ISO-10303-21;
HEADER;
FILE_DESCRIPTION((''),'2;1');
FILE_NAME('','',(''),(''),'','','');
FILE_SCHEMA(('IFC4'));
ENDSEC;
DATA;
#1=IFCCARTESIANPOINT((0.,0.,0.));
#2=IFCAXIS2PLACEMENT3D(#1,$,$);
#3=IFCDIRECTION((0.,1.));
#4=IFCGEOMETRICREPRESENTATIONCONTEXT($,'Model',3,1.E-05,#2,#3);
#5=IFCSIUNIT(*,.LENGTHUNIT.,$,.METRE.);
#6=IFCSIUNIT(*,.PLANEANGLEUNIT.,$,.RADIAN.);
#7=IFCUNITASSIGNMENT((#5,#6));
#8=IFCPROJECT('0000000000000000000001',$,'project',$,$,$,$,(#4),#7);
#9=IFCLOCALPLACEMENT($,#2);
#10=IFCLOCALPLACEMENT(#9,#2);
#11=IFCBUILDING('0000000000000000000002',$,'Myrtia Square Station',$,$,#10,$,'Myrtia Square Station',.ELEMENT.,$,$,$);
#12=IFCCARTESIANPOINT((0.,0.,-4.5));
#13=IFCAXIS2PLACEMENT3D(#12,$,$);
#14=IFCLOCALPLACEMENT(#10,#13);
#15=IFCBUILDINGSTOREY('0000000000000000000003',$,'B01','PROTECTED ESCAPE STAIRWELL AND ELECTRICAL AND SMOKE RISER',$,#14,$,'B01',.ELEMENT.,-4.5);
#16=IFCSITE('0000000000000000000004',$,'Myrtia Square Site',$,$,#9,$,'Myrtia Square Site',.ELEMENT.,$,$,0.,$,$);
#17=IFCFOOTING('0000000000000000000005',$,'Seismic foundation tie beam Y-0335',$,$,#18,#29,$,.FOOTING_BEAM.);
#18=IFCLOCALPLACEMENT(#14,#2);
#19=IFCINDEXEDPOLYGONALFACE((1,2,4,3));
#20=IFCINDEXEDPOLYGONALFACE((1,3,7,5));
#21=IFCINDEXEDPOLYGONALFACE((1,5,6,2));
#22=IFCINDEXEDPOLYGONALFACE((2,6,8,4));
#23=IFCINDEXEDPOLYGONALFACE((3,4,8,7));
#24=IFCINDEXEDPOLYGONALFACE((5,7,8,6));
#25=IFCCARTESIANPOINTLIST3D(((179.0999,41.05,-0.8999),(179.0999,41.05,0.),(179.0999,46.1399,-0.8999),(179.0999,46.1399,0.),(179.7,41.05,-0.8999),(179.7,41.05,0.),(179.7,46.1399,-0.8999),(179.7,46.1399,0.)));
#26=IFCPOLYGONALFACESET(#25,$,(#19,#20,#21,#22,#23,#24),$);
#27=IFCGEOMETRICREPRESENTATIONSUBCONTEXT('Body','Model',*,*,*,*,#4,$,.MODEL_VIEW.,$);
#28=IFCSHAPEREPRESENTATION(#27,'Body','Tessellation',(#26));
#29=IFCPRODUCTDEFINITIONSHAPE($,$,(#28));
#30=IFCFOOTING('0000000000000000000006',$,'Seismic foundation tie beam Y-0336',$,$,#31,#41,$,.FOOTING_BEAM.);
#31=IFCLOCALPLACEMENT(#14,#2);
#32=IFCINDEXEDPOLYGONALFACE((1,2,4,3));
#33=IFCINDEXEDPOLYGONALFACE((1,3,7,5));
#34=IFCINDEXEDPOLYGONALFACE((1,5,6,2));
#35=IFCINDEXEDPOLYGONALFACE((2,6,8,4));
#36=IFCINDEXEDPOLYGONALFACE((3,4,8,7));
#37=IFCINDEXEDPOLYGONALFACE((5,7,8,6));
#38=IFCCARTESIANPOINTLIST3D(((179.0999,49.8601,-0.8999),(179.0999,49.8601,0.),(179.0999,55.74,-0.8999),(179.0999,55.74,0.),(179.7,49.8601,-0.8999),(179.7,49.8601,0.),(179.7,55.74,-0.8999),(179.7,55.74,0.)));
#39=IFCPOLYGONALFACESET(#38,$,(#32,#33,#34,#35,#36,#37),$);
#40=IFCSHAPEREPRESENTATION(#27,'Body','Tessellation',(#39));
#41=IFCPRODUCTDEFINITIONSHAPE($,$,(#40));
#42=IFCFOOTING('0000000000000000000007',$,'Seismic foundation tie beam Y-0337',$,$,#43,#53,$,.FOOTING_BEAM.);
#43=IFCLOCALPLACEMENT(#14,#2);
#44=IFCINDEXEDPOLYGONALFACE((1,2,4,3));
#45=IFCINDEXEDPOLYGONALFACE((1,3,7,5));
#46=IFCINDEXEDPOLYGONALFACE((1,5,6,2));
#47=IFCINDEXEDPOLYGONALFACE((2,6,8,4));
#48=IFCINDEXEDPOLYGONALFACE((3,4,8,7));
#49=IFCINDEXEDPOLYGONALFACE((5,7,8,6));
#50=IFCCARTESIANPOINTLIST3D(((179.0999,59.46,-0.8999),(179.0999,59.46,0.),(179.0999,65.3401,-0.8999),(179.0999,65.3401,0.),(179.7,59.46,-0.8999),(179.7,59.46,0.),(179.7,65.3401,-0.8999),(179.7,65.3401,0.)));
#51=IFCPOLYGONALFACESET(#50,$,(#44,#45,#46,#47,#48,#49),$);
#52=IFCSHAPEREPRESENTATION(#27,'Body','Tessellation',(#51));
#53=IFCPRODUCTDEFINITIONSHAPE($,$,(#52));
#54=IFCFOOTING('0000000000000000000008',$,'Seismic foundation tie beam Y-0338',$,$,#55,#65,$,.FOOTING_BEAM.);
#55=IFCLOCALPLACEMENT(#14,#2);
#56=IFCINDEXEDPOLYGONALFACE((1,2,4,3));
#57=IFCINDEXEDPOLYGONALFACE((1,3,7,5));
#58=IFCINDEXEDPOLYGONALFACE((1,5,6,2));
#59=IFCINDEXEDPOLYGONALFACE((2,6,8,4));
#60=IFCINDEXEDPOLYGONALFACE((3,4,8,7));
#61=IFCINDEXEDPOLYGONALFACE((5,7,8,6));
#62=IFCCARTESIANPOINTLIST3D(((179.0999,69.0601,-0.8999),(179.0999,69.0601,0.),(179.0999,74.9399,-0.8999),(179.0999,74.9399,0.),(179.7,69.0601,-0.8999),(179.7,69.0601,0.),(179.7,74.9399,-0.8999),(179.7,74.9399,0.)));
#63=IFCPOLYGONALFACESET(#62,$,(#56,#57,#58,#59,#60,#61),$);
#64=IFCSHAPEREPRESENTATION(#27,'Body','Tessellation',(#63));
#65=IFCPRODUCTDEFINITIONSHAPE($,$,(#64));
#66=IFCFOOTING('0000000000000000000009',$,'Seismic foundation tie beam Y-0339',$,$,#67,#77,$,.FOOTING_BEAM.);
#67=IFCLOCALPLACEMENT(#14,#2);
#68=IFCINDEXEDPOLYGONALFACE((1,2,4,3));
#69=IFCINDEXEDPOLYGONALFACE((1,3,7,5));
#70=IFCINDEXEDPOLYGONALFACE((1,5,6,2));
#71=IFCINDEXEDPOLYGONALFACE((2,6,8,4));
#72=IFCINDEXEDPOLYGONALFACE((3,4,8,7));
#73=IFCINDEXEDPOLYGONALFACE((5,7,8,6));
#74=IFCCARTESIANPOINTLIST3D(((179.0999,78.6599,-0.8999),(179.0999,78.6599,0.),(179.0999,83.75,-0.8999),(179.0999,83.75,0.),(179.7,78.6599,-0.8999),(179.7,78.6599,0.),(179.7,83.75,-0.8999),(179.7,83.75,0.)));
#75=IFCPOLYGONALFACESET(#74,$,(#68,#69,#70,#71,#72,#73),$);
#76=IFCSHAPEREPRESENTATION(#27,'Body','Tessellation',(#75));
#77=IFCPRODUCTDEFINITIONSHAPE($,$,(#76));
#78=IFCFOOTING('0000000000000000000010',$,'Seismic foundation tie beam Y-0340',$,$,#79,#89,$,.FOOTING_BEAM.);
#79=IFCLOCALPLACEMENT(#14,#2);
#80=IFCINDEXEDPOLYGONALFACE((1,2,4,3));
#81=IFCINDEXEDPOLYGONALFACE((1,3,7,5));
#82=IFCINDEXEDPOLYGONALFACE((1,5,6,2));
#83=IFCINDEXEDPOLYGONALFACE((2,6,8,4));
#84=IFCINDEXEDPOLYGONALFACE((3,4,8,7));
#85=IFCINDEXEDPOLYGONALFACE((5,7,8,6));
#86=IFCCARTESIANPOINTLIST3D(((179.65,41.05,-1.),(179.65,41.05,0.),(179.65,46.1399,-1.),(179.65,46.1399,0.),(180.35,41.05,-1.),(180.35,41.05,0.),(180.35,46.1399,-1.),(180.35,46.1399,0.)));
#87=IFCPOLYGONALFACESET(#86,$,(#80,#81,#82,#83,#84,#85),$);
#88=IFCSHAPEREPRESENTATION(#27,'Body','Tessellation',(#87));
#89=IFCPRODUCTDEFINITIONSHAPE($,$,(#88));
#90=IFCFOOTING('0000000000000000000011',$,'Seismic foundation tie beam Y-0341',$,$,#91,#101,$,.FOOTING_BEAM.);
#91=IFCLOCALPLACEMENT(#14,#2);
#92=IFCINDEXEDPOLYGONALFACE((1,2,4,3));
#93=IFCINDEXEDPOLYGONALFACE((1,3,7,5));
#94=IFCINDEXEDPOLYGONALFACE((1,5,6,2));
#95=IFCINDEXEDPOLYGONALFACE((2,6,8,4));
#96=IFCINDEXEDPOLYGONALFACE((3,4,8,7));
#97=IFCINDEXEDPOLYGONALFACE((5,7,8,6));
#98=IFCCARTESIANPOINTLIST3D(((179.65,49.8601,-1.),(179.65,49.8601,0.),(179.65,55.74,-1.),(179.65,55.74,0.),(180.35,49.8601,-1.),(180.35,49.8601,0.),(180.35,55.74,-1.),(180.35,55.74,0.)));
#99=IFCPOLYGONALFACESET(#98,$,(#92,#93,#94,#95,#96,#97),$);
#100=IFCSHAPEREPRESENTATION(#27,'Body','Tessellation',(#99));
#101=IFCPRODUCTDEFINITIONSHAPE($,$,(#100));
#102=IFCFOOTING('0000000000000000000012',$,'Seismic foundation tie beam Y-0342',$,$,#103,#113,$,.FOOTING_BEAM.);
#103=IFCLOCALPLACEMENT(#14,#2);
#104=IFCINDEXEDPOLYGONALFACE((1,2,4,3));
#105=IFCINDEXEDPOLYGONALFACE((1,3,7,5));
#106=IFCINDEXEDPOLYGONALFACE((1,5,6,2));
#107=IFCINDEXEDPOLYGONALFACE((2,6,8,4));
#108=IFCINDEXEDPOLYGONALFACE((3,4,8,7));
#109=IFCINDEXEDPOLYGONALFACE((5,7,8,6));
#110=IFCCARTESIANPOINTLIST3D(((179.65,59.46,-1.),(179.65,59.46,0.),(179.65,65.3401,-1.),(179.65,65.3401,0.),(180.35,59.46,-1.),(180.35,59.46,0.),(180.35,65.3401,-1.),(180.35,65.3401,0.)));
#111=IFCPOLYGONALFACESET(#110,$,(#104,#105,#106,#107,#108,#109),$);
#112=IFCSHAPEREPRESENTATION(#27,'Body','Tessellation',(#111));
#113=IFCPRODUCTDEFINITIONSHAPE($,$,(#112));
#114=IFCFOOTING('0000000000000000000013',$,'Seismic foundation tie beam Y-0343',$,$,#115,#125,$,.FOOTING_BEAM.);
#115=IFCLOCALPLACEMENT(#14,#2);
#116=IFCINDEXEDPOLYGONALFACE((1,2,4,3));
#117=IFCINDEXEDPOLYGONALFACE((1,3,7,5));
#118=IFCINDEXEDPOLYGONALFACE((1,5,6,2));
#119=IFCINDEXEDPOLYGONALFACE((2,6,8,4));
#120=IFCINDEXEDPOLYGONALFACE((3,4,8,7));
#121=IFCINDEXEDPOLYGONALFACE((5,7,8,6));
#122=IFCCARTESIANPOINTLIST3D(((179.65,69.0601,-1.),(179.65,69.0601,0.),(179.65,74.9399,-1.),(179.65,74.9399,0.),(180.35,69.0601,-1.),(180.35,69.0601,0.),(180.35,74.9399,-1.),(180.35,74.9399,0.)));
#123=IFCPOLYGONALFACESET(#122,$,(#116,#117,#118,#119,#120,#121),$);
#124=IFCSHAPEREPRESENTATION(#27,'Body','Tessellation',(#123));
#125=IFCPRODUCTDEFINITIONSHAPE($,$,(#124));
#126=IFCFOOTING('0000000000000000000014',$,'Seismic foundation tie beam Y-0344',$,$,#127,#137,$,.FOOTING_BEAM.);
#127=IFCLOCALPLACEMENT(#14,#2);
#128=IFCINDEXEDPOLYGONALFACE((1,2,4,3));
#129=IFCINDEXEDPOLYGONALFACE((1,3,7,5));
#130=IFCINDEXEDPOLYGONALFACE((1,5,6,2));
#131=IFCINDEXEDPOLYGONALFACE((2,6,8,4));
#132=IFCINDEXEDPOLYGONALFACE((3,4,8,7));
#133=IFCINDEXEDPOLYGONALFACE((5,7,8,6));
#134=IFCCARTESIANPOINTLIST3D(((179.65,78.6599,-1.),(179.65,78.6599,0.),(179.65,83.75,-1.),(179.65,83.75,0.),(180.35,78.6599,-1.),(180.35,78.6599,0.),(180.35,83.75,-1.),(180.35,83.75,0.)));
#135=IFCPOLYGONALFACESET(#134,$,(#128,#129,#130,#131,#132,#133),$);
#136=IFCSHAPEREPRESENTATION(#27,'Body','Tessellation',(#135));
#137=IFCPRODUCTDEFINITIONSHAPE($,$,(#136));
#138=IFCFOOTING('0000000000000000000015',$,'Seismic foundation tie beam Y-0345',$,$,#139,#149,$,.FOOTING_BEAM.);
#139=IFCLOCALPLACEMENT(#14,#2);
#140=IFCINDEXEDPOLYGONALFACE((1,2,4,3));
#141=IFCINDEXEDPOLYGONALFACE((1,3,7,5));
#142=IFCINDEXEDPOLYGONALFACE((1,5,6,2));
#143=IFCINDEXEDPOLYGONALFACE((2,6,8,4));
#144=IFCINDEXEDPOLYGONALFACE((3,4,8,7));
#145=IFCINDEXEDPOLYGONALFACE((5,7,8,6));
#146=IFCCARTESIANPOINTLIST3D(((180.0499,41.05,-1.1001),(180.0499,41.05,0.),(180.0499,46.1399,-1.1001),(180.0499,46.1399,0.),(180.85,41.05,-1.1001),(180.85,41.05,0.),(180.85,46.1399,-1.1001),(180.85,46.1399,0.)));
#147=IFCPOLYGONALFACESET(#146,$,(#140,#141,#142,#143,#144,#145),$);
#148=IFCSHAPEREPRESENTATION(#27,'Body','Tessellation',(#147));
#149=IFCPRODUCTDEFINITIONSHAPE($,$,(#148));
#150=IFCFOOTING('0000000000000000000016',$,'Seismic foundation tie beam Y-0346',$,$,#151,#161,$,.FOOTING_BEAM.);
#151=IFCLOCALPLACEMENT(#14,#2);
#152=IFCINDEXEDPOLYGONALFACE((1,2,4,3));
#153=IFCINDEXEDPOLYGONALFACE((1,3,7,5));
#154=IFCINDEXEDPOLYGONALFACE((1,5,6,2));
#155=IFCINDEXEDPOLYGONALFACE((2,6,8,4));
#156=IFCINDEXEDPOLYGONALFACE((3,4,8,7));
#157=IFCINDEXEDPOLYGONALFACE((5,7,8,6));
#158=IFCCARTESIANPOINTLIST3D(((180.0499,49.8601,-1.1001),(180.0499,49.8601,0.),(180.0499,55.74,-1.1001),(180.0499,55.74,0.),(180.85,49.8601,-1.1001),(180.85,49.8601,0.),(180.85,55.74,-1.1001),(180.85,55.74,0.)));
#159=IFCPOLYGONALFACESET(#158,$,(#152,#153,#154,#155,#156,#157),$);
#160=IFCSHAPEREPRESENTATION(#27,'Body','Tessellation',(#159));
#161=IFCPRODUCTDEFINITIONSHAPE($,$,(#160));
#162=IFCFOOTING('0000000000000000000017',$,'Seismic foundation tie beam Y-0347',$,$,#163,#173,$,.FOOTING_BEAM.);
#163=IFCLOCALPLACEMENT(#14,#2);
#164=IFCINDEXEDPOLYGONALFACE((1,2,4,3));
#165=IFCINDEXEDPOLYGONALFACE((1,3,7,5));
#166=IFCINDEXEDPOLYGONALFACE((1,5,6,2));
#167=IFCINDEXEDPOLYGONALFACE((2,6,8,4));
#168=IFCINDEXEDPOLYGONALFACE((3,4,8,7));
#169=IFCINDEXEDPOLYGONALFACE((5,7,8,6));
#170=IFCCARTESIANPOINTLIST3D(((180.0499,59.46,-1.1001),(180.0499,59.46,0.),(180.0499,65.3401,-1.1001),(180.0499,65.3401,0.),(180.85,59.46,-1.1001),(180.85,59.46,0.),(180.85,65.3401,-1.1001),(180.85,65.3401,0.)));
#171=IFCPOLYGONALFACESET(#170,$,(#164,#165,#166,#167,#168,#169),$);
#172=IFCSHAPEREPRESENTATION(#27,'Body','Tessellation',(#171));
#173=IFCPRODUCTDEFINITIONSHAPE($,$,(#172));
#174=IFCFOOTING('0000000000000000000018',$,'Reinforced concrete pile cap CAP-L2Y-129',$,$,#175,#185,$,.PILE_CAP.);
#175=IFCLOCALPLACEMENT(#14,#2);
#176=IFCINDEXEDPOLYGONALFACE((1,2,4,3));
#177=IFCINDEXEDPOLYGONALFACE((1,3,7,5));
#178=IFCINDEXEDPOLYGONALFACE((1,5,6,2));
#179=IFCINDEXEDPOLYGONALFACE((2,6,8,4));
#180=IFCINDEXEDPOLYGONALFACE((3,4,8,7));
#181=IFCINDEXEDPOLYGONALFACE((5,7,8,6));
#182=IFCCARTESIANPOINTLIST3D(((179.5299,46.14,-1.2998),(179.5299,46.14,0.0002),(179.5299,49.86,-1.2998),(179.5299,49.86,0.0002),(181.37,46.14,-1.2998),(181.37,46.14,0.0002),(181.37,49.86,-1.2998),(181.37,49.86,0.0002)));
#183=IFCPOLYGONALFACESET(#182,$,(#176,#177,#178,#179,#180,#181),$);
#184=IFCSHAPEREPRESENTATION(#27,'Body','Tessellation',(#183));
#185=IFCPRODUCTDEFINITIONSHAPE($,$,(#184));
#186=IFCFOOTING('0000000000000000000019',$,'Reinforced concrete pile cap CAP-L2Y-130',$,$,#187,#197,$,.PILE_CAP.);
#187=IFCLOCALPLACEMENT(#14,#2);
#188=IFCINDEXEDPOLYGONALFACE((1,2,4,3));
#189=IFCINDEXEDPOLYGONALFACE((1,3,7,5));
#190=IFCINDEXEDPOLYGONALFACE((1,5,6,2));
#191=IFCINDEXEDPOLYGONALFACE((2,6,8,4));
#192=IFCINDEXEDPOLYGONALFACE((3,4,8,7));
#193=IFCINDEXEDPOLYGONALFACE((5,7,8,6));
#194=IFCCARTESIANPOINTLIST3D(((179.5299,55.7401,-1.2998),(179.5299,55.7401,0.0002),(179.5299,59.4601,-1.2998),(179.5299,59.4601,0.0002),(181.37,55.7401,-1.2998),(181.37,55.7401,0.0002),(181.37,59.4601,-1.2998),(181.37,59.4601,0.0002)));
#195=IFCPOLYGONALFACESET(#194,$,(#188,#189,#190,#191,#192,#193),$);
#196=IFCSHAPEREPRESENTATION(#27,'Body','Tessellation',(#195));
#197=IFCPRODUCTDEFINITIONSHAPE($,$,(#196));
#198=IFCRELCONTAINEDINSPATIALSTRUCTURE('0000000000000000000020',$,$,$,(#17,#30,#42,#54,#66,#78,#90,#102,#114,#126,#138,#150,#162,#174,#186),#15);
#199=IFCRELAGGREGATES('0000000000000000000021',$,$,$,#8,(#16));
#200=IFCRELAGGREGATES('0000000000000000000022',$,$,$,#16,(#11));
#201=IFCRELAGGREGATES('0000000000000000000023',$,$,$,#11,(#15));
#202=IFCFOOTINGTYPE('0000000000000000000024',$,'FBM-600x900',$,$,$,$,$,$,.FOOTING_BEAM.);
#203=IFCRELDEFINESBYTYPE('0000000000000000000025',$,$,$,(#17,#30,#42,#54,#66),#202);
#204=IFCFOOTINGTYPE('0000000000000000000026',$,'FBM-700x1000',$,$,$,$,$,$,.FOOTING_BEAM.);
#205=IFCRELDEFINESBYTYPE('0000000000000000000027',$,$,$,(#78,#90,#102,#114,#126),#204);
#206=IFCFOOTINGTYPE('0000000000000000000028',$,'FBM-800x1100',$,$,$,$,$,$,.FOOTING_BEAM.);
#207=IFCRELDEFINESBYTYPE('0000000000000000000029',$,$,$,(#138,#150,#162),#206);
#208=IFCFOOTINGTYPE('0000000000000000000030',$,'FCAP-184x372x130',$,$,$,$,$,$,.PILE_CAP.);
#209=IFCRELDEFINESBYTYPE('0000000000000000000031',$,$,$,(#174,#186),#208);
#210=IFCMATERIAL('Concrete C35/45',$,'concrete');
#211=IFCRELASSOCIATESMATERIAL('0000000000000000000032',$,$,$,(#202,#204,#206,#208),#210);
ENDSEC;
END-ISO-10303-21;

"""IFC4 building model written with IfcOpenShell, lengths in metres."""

from ifc_helpers import new_model, si_unit, direction, frame, origin, origin_2d, place, context, subcontext, project, spatial, rectangle, extrude, material, material_profile, profile_set, type_object, element, save


model = new_model("IFC4")

# Units and contexts
model_context = context("Model", 3, precision=1e-05, world=origin(), true_north=direction((0.0, 1.0)))
body_context = subcontext(model_context, "Body", "Model", "MODEL_VIEW")
ifc_project = project(units=[si_unit("LENGTHUNIT", "METRE"), si_unit("PLANEANGLEUNIT", "RADIAN")], contexts=[model_context])

# Site, building, storey
site_placement = place(None, origin())
site = spatial("IfcSite", under=ifc_project, at=site_placement, Name="Myrtia Square Site", LongName="Myrtia Square Site", CompositionType="ELEMENT", RefElevation=0.0)
building_placement = place(site_placement, origin())
building = spatial("IfcBuilding", under=site, at=building_placement, Name="Myrtia Square Station", LongName="Myrtia Square Station", CompositionType="ELEMENT")
storey_placement = place(building_placement, frame((0.0, 0.0, -4.5)))
storey = spatial("IfcBuildingStorey", under=building, at=storey_placement, Name="B01", Description="PROTECTED ESCAPE STAIRWELL AND ELECTRICAL AND SMOKE RISER", LongName="B01", CompositionType="ELEMENT", Elevation=-4.5)

# Footings
ifc_material_1 = material(Name="Concrete C35/45", Category="concrete")
ifc_material_profile_1 = material_profile(ifc_material_1, rectangle(XDim=0.6001, YDim=0.8999, at=origin_2d()), Name="FB 600x900")
ifc_profile_set_1 = profile_set([ifc_material_profile_1], Name="Concrete C35/45")
footing_type_1 = type_object("IfcFootingType", Name="FBM-600x900", PredefinedType="FOOTING_BEAM", material=ifc_profile_set_1)
footing_1_placement = place(storey_placement, frame((179.3999, 41.05, -0.45), z_axis=(0.0, 1.0, 0.0), x_axis=(-1.0, 0.0, 0.0)))
element("IfcFooting", 1, at=footing_1_placement, inside=storey, type_object=footing_type_1, Name="Seismic foundation tie beam Y-0335", PredefinedType="FOOTING_BEAM", context=body_context, shape_type="SweptSolid", body=[
    extrude(rectangle(XDim=0.6001, YDim=0.8999, at=origin_2d()), origin(), (0.0, 0.0, 1.0), 5.0898),
])
footing_2_placement = place(storey_placement, frame((179.3999, 49.8601, -0.45), z_axis=(0.0, 1.0, 0.0), x_axis=(-1.0, 0.0, 0.0)))
element("IfcFooting", 2, at=footing_2_placement, inside=storey, type_object=footing_type_1, Name="Seismic foundation tie beam Y-0336", PredefinedType="FOOTING_BEAM", context=body_context, shape_type="SweptSolid", body=[
    extrude(rectangle(XDim=0.6001, YDim=0.8999, at=origin_2d()), origin(), (0.0, 0.0, 1.0), 5.8799),
])
footing_3_placement = place(storey_placement, frame((179.3999, 59.46, -0.45), z_axis=(0.0, 1.0, 0.0), x_axis=(-1.0, 0.0, 0.0)))
element("IfcFooting", 3, at=footing_3_placement, inside=storey, type_object=footing_type_1, Name="Seismic foundation tie beam Y-0337", PredefinedType="FOOTING_BEAM", context=body_context, shape_type="SweptSolid", body=[
    extrude(rectangle(XDim=0.6001, YDim=0.8999, at=origin_2d()), origin(), (0.0, 0.0, 1.0), 5.8801),
])
footing_4_placement = place(storey_placement, frame((179.3999, 69.0601, -0.45), z_axis=(0.0, 1.0, 0.0), x_axis=(-1.0, 0.0, 0.0)))
element("IfcFooting", 4, at=footing_4_placement, inside=storey, type_object=footing_type_1, Name="Seismic foundation tie beam Y-0338", PredefinedType="FOOTING_BEAM", context=body_context, shape_type="SweptSolid", body=[
    extrude(rectangle(XDim=0.6001, YDim=0.8999, at=origin_2d()), origin(), (0.0, 0.0, 1.0), 5.8799),
])
footing_5_placement = place(storey_placement, frame((179.3999, 78.6599, -0.45), z_axis=(0.0, 1.0, 0.0), x_axis=(-1.0, 0.0, 0.0)))
element("IfcFooting", 5, at=footing_5_placement, inside=storey, type_object=footing_type_1, Name="Seismic foundation tie beam Y-0339", PredefinedType="FOOTING_BEAM", context=body_context, shape_type="SweptSolid", body=[
    extrude(rectangle(XDim=0.6001, YDim=0.8999, at=origin_2d()), origin(), (0.0, 0.0, 1.0), 5.0901),
])
ifc_material_profile_2 = material_profile(ifc_material_1, rectangle(XDim=0.7, YDim=1.0, at=origin_2d()), Name="FB 700x1000")
ifc_profile_set_2 = profile_set([ifc_material_profile_2], Name="Concrete C35/45")
footing_type_2 = type_object("IfcFootingType", Name="FBM-700x1000", PredefinedType="FOOTING_BEAM", material=ifc_profile_set_2)
footing_6_placement = place(storey_placement, frame((180.0, 41.05, -0.5), z_axis=(0.0, 1.0, 0.0), x_axis=(-1.0, 0.0, 0.0)))
element("IfcFooting", 6, at=footing_6_placement, inside=storey, type_object=footing_type_2, Name="Seismic foundation tie beam Y-0340", PredefinedType="FOOTING_BEAM", context=body_context, shape_type="SweptSolid", body=[
    extrude(rectangle(XDim=0.7, YDim=1.0, at=origin_2d()), origin(), (0.0, 0.0, 1.0), 5.0898),
])
footing_7_placement = place(storey_placement, frame((180.0, 49.8601, -0.5), z_axis=(0.0, 1.0, 0.0), x_axis=(-1.0, 0.0, 0.0)))
element("IfcFooting", 7, at=footing_7_placement, inside=storey, type_object=footing_type_2, Name="Seismic foundation tie beam Y-0341", PredefinedType="FOOTING_BEAM", context=body_context, shape_type="SweptSolid", body=[
    extrude(rectangle(XDim=0.7, YDim=1.0, at=origin_2d()), origin(), (0.0, 0.0, 1.0), 5.8799),
])
footing_8_placement = place(storey_placement, frame((180.0, 59.46, -0.5), z_axis=(0.0, 1.0, 0.0), x_axis=(-1.0, 0.0, 0.0)))
element("IfcFooting", 8, at=footing_8_placement, inside=storey, type_object=footing_type_2, Name="Seismic foundation tie beam Y-0342", PredefinedType="FOOTING_BEAM", context=body_context, shape_type="SweptSolid", body=[
    extrude(rectangle(XDim=0.7, YDim=1.0, at=origin_2d()), origin(), (0.0, 0.0, 1.0), 5.8801),
])
footing_9_placement = place(storey_placement, frame((180.0, 69.0601, -0.5), z_axis=(0.0, 1.0, 0.0), x_axis=(-1.0, 0.0, 0.0)))
element("IfcFooting", 9, at=footing_9_placement, inside=storey, type_object=footing_type_2, Name="Seismic foundation tie beam Y-0343", PredefinedType="FOOTING_BEAM", context=body_context, shape_type="SweptSolid", body=[
    extrude(rectangle(XDim=0.7, YDim=1.0, at=origin_2d()), origin(), (0.0, 0.0, 1.0), 5.8799),
])
footing_10_placement = place(storey_placement, frame((180.0, 78.6599, -0.5), z_axis=(0.0, 1.0, 0.0), x_axis=(-1.0, 0.0, 0.0)))
element("IfcFooting", 10, at=footing_10_placement, inside=storey, type_object=footing_type_2, Name="Seismic foundation tie beam Y-0344", PredefinedType="FOOTING_BEAM", context=body_context, shape_type="SweptSolid", body=[
    extrude(rectangle(XDim=0.7, YDim=1.0, at=origin_2d()), origin(), (0.0, 0.0, 1.0), 5.0901),
])
ifc_material_profile_3 = material_profile(ifc_material_1, rectangle(XDim=0.8, YDim=1.1001, at=origin_2d()), Name="FB 800x1100")
ifc_profile_set_3 = profile_set([ifc_material_profile_3], Name="Concrete C35/45")
footing_type_3 = type_object("IfcFootingType", Name="FBM-800x1100", PredefinedType="FOOTING_BEAM", material=ifc_profile_set_3)
footing_11_placement = place(storey_placement, frame((180.45, 41.05, -0.55), z_axis=(0.0, 1.0, 0.0), x_axis=(-1.0, 0.0, 0.0)))
element("IfcFooting", 11, at=footing_11_placement, inside=storey, type_object=footing_type_3, Name="Seismic foundation tie beam Y-0345", PredefinedType="FOOTING_BEAM", context=body_context, shape_type="SweptSolid", body=[
    extrude(rectangle(XDim=0.8, YDim=1.1001, at=origin_2d()), origin(), (0.0, 0.0, 1.0), 5.0898),
])
footing_12_placement = place(storey_placement, frame((180.45, 49.8601, -0.55), z_axis=(0.0, 1.0, 0.0), x_axis=(-1.0, 0.0, 0.0)))
element("IfcFooting", 12, at=footing_12_placement, inside=storey, type_object=footing_type_3, Name="Seismic foundation tie beam Y-0346", PredefinedType="FOOTING_BEAM", context=body_context, shape_type="SweptSolid", body=[
    extrude(rectangle(XDim=0.8, YDim=1.1001, at=origin_2d()), origin(), (0.0, 0.0, 1.0), 5.8799),
])
footing_13_placement = place(storey_placement, frame((180.45, 59.46, -0.55), z_axis=(0.0, 1.0, 0.0), x_axis=(-1.0, 0.0, 0.0)))
element("IfcFooting", 13, at=footing_13_placement, inside=storey, type_object=footing_type_3, Name="Seismic foundation tie beam Y-0347", PredefinedType="FOOTING_BEAM", context=body_context, shape_type="SweptSolid", body=[
    extrude(rectangle(XDim=0.8, YDim=1.1001, at=origin_2d()), origin(), (0.0, 0.0, 1.0), 5.8801),
])
footing_type_4 = type_object("IfcFootingType", Name="FCAP-184x372x130", PredefinedType="PILE_CAP", material=ifc_material_1)
for number, where, z_axis, x_axis, name in (
    (14, (180.45, 48.0, -1.2998), (0.0, 0.0, 1.0), (1.0, 0.0, 0.0), "Reinforced concrete pile cap CAP-L2Y-129"),
    (15, (180.45, 57.6001, -1.2998), (0.0, 0.0, 1.0), (1.0, 0.0, 0.0), "Reinforced concrete pile cap CAP-L2Y-130"),
):
    element("IfcFooting", number, at=place(storey_placement, frame(where, z_axis=z_axis, x_axis=x_axis)), inside=storey, type_object=footing_type_4, Name=name, PredefinedType="PILE_CAP", context=body_context, shape_type="SweptSolid", body=[
        extrude(rectangle(XDim=1.8401, YDim=3.72, at=origin_2d()), origin(), (0.0, 0.0, 1.0), 1.3),
    ])

save(model, "model.ifc")
